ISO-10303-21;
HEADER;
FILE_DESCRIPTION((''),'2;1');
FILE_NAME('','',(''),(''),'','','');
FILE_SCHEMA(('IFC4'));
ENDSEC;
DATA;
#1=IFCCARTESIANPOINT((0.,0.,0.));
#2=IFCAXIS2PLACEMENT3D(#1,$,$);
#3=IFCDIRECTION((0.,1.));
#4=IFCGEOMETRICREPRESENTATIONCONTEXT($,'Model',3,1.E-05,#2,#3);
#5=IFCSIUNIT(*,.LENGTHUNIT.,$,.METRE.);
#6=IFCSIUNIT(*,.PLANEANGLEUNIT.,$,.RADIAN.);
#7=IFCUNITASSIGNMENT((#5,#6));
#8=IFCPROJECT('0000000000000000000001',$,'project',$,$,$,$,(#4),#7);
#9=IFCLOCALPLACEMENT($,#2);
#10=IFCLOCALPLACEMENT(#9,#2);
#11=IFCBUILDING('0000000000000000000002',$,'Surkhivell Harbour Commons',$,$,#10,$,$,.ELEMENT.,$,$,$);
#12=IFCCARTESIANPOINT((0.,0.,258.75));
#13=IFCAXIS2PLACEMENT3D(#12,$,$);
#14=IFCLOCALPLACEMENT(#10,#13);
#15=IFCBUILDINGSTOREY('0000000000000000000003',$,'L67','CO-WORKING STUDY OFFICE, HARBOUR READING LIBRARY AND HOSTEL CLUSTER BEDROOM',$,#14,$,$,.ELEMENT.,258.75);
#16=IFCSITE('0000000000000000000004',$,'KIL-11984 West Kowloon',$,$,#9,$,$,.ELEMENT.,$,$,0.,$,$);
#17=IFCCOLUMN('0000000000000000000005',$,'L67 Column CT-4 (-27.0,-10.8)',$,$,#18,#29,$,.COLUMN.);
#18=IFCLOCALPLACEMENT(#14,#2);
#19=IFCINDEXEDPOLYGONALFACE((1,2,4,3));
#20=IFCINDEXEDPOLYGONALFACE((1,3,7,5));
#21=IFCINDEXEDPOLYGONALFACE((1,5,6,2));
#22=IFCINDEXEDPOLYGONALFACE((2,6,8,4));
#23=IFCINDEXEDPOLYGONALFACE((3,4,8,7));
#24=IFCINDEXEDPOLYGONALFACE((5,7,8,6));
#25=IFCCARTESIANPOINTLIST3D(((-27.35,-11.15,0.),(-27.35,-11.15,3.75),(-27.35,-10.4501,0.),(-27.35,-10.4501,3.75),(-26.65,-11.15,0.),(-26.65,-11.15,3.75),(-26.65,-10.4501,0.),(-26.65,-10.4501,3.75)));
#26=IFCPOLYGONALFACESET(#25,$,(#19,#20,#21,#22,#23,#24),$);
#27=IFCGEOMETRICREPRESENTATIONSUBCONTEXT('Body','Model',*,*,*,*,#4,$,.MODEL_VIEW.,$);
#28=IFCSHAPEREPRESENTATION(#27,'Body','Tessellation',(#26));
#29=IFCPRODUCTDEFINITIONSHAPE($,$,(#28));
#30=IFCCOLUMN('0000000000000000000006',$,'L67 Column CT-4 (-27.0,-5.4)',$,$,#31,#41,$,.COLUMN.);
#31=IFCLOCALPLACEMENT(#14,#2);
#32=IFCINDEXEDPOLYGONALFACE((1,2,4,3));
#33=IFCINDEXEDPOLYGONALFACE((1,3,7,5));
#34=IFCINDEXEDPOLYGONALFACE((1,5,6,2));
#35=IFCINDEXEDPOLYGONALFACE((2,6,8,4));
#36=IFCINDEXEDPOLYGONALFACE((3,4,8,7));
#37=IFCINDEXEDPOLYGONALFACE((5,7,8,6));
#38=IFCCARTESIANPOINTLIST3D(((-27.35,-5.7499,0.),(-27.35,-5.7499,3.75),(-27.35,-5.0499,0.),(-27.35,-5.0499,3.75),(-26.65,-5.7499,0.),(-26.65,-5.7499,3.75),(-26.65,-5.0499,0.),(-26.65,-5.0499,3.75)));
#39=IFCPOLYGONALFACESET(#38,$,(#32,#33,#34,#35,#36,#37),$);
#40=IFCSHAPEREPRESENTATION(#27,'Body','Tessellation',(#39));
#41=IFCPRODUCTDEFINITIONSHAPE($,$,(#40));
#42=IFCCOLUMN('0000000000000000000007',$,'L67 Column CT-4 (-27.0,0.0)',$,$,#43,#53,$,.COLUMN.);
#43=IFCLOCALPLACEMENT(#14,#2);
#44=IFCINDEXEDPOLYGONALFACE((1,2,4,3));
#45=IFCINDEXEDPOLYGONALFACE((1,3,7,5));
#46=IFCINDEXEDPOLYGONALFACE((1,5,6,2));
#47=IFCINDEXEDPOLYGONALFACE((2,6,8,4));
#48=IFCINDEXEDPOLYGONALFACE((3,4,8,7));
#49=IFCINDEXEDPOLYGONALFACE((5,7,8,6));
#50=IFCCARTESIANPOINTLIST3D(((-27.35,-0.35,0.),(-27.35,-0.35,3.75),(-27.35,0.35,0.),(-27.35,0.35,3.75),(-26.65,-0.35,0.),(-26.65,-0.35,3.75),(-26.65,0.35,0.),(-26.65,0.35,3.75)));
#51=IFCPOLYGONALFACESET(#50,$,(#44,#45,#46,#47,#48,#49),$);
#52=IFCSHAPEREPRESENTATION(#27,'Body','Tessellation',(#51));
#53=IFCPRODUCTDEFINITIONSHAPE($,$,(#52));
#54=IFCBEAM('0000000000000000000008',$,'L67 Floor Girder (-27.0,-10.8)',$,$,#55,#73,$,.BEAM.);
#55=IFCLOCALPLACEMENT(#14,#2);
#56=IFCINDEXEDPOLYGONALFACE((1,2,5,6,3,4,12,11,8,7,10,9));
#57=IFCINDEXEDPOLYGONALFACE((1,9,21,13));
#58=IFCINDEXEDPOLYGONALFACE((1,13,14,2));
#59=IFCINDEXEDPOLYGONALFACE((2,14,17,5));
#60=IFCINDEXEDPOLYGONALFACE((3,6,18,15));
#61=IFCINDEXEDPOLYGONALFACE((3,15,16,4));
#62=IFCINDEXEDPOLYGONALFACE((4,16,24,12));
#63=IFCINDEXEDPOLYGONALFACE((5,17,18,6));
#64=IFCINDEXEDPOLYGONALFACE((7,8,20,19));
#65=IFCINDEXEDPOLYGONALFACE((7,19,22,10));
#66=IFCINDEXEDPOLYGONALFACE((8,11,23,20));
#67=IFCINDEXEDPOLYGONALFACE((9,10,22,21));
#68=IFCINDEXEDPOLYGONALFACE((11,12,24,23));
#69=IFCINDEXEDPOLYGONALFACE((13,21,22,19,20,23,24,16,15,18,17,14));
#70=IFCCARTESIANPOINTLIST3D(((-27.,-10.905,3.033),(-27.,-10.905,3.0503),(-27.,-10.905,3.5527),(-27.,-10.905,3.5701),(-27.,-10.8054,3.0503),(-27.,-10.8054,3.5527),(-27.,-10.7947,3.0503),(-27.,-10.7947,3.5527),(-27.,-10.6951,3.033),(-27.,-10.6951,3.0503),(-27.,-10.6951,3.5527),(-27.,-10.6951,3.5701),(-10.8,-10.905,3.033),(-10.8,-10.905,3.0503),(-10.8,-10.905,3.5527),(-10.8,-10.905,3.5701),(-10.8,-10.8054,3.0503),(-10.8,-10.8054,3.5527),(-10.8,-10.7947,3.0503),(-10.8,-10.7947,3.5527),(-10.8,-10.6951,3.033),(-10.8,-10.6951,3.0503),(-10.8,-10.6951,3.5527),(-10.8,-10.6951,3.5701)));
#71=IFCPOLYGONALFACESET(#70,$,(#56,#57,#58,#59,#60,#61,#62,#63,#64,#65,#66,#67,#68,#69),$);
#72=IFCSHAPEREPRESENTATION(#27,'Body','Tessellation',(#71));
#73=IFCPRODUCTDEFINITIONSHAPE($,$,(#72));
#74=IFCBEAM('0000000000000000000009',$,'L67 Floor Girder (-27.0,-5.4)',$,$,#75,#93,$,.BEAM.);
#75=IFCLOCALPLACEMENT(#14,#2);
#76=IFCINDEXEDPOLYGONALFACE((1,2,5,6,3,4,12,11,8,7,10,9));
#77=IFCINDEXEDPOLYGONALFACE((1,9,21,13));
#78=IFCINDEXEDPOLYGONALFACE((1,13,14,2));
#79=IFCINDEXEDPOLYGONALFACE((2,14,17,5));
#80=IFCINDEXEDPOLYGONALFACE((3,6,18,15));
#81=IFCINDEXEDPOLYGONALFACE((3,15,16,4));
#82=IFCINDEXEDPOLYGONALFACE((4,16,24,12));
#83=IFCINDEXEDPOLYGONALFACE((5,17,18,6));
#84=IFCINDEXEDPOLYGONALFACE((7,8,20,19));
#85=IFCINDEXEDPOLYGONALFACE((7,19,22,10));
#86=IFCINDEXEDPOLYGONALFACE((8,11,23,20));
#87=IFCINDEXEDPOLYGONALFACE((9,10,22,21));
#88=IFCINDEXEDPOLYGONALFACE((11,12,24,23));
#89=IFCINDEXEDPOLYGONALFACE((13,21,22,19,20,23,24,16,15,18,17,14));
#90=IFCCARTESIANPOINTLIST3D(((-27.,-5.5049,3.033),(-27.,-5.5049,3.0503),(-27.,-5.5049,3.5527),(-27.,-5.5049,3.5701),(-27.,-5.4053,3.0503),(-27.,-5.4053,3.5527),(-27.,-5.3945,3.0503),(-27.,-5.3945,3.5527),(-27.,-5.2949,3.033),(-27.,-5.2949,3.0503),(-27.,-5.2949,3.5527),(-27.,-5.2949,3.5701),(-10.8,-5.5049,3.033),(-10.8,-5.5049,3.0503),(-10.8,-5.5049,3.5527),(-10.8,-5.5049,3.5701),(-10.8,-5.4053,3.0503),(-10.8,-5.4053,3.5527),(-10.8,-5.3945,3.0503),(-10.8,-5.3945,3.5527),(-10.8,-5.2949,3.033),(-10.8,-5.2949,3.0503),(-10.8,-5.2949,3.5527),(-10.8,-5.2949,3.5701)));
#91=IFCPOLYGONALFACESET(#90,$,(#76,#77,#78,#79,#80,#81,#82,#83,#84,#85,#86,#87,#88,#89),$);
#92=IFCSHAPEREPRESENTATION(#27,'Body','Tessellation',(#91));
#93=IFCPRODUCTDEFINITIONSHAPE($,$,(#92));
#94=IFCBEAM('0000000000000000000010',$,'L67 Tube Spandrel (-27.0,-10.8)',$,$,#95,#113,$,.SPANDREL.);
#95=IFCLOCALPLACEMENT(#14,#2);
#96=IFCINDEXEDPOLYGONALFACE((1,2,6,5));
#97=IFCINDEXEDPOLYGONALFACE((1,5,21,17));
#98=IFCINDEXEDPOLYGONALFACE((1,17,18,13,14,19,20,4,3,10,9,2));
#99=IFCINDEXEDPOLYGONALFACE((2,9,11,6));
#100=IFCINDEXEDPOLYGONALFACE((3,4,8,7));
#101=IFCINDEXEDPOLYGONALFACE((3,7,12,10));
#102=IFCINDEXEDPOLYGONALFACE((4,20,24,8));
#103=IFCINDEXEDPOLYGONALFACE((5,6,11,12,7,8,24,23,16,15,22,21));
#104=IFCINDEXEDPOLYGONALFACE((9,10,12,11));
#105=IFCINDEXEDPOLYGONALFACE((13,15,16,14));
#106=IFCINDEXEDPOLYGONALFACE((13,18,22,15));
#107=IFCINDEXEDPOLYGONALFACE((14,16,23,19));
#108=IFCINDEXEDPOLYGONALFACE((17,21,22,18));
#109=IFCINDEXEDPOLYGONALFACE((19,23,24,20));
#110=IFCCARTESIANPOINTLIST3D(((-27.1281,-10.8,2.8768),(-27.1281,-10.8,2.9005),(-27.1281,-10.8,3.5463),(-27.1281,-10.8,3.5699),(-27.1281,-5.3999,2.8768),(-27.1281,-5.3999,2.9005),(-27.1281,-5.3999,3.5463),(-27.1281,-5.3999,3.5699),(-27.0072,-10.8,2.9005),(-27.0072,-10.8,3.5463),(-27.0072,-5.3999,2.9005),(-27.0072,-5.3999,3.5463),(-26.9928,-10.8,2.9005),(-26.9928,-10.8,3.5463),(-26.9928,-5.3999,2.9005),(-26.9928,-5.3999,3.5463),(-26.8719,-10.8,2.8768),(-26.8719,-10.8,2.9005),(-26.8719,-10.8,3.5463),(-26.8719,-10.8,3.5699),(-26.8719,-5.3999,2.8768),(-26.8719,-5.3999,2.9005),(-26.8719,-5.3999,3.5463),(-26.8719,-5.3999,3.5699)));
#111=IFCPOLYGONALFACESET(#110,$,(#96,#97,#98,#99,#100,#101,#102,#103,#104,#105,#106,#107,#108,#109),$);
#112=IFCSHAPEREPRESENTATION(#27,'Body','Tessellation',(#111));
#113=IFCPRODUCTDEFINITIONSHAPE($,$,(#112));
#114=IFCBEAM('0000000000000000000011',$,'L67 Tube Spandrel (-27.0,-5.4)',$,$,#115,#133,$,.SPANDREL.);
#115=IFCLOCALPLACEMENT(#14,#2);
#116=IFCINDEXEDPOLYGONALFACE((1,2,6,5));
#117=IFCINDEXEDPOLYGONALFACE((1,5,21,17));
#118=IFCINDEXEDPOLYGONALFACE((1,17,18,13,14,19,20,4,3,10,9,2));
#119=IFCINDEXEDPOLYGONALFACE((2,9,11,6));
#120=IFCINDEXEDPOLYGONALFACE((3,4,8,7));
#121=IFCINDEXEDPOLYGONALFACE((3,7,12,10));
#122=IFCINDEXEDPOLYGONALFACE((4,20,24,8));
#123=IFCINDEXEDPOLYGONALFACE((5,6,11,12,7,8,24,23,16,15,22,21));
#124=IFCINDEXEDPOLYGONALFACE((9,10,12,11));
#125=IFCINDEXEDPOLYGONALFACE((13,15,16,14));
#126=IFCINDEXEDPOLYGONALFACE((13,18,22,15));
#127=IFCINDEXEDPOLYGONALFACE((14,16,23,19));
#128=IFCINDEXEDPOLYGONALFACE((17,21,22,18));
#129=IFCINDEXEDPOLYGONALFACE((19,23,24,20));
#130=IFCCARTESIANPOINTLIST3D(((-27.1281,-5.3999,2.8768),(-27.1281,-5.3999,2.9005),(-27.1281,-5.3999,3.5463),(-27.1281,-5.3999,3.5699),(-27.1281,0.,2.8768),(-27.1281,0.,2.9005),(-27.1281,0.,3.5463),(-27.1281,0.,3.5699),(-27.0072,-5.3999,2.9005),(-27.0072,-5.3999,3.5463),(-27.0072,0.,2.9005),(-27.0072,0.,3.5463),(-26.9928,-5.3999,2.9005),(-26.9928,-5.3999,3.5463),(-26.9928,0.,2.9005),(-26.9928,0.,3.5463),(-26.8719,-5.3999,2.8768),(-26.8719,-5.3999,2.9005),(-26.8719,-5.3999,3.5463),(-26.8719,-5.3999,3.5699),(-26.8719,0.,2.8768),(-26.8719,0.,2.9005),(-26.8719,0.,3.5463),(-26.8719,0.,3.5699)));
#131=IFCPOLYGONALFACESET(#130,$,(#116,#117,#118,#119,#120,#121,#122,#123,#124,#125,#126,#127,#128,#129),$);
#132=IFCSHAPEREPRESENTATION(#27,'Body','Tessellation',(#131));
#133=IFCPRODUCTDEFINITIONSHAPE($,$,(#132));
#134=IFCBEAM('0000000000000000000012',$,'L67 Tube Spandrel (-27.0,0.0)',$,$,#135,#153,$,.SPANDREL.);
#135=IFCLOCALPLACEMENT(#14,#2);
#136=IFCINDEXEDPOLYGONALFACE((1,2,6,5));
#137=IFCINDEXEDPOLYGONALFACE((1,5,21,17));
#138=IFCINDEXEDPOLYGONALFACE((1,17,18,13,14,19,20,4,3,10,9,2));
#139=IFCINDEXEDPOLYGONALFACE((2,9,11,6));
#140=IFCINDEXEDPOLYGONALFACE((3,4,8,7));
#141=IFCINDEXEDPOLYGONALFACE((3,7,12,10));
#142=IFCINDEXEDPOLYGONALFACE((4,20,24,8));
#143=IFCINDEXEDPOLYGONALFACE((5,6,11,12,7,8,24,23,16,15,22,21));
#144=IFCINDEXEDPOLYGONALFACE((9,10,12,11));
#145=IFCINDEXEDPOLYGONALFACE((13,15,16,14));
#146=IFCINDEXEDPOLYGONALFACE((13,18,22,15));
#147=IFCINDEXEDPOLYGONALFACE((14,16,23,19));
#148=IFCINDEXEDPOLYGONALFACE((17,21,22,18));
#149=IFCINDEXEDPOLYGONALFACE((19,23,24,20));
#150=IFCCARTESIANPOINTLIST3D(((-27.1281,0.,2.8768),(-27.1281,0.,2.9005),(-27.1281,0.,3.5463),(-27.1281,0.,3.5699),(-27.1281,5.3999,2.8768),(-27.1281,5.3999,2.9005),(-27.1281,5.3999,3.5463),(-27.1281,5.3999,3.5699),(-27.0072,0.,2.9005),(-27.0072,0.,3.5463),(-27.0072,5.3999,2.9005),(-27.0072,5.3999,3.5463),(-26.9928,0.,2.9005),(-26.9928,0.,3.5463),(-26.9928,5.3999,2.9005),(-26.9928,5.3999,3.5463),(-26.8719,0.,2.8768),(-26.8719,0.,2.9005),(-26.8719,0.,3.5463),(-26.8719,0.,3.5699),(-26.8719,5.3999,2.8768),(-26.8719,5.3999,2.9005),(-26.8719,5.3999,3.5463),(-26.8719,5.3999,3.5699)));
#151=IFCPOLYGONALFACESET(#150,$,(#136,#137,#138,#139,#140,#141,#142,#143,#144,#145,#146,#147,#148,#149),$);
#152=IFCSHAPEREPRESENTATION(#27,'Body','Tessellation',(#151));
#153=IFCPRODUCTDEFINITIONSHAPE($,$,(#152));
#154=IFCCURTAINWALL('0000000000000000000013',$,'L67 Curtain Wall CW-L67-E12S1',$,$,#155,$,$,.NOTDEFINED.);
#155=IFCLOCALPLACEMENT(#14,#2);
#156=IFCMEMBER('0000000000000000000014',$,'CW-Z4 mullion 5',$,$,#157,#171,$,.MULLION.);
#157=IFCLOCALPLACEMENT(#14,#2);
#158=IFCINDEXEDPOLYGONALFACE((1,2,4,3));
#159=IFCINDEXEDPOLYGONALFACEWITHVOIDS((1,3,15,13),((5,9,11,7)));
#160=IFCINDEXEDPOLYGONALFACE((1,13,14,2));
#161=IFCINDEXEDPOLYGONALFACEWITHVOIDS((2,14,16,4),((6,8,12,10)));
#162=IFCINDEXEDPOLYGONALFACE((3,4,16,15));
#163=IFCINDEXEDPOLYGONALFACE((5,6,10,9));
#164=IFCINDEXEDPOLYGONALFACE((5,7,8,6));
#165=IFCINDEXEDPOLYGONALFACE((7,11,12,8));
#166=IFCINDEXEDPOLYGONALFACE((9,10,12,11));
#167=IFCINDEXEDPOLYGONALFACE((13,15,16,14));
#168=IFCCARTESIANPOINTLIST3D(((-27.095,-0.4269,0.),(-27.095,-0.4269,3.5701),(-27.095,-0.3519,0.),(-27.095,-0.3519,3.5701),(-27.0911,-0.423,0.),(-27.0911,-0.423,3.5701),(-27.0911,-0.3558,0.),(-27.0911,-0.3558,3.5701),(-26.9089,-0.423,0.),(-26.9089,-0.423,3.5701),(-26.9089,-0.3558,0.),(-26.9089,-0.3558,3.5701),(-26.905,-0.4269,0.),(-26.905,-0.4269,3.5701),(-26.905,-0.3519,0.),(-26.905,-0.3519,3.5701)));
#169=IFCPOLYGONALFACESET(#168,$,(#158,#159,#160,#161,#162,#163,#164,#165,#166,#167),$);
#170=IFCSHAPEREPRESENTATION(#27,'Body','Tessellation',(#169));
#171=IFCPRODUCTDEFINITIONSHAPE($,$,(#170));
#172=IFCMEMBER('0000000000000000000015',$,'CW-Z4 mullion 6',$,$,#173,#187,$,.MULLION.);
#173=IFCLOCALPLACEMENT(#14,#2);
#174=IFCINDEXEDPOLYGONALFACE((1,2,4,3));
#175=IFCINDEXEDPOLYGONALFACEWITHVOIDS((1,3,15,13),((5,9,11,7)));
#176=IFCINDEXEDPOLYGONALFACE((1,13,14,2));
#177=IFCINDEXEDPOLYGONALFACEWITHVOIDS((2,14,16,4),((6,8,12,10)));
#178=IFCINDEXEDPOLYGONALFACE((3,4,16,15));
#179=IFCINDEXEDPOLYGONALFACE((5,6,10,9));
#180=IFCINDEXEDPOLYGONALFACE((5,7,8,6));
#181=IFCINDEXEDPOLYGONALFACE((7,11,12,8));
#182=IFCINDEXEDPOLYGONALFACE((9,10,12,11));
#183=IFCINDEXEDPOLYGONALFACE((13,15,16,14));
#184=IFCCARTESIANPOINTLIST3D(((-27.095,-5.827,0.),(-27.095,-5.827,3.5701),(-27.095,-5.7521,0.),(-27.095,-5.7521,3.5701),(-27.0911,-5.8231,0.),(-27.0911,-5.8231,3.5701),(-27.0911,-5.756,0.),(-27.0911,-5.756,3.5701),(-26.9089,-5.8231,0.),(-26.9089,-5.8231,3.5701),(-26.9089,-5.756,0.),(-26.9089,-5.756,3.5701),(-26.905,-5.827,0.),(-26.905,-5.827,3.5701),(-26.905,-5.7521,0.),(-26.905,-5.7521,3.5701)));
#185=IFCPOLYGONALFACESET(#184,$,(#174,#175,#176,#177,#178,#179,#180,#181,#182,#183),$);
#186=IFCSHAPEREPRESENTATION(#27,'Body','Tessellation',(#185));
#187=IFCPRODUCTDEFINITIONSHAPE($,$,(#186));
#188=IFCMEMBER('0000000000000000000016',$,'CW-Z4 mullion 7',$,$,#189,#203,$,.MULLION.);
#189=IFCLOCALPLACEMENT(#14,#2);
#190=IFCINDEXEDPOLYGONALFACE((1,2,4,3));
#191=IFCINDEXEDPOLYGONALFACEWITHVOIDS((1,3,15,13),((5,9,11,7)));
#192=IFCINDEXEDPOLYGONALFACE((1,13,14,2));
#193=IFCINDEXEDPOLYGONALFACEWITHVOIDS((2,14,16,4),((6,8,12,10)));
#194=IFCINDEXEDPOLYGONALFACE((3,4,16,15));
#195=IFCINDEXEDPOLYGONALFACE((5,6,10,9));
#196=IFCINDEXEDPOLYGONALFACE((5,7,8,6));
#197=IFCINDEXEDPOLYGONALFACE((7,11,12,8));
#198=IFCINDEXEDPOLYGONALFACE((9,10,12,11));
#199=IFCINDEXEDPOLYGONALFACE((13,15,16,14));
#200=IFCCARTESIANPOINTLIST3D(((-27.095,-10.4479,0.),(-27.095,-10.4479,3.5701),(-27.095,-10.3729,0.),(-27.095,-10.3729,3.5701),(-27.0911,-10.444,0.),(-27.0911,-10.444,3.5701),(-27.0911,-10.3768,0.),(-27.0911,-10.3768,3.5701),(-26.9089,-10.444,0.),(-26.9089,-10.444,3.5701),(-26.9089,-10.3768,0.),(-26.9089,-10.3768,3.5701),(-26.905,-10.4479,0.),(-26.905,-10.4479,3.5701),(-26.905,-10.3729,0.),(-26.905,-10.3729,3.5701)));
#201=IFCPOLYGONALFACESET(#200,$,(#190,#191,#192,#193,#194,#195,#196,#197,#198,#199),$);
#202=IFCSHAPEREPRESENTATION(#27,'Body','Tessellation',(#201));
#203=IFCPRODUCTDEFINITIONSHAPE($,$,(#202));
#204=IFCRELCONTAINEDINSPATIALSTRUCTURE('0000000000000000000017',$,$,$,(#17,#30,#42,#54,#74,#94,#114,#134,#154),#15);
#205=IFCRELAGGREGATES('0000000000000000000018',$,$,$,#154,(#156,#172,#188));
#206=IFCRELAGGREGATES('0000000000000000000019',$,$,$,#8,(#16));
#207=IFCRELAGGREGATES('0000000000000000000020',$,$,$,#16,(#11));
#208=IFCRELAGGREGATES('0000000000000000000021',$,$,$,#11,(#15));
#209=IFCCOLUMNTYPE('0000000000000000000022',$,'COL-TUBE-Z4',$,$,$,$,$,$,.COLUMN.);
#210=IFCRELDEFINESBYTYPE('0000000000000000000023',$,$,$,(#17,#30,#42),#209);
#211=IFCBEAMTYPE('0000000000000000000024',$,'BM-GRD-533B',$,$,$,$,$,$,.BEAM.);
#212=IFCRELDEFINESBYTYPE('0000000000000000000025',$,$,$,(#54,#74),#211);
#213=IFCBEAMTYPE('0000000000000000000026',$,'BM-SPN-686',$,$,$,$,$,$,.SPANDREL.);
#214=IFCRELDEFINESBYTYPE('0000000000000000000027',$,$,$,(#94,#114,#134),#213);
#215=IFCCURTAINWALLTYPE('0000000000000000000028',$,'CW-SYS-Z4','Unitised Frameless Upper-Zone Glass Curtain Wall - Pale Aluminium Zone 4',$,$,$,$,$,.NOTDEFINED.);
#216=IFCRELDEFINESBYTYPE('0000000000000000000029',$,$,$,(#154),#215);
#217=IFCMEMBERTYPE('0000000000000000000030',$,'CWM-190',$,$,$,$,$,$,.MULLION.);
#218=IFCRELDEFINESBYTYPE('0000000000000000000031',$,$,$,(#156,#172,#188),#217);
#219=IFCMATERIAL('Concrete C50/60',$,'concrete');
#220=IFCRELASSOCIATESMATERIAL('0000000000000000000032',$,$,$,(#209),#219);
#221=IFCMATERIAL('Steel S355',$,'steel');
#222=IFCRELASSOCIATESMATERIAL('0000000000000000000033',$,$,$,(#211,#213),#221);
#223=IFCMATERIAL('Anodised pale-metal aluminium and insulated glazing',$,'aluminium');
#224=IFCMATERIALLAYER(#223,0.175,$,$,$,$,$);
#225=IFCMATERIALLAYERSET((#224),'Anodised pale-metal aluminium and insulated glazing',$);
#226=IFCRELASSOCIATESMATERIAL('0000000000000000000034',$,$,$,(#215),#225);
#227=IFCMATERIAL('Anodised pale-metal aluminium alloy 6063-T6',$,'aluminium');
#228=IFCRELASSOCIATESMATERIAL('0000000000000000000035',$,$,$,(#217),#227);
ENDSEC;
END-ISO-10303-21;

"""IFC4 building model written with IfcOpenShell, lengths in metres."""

from ifc_helpers import new_model, si_unit, direction, frame, origin, origin_2d, place, context, subcontext, project, spatial, rectangle, hollow_rectangle, i_section, extrude, material, layer, layer_set, material_profile, profile_set, type_object, element, aggregate, save


model = new_model("IFC4")

# Units and contexts
model_context = context("Model", 3, precision=1e-05, world=origin(), true_north=direction((0.0, 1.0)))
body_context = subcontext(model_context, "Body", "Model", "MODEL_VIEW")
ifc_project = project(units=[si_unit("LENGTHUNIT", "METRE"), si_unit("PLANEANGLEUNIT", "RADIAN")], contexts=[model_context])

# Site, building, storey
site_placement = place(None, origin())
site = spatial("IfcSite", under=ifc_project, at=site_placement, Name="KIL-11984 West Kowloon", CompositionType="ELEMENT", RefElevation=0.0)
building_placement = place(site_placement, origin())
building = spatial("IfcBuilding", under=site, at=building_placement, Name="Surkhivell Harbour Commons", CompositionType="ELEMENT")
storey_placement = place(building_placement, frame((0.0, 0.0, 258.75)))
storey = spatial("IfcBuildingStorey", under=building, at=storey_placement, Name="L67", Description="CO-WORKING STUDY OFFICE, HARBOUR READING LIBRARY AND HOSTEL CLUSTER BEDROOM", CompositionType="ELEMENT", Elevation=258.75)

# Columns
ifc_material_1 = material(Name="Concrete C50/60", Category="concrete")
ifc_material_profile_1 = material_profile(ifc_material_1, rectangle(XDim=0.7, YDim=0.7, at=origin_2d()), Name="RC-COL-700x700")
ifc_profile_set_1 = profile_set([ifc_material_profile_1], Name="Concrete C50/60")
column_type = type_object("IfcColumnType", Name="COL-TUBE-Z4", PredefinedType="COLUMN", material=ifc_profile_set_1)
for number, where, z_axis, x_axis, name in (
    (1, (-27.0, -10.8, 0.0), (0.0, 0.0, 1.0), (1.0, 0.0, 0.0), "L67 Column CT-4 (-27.0,-10.8)"),
    (2, (-27.0, -5.3999, 0.0), (0.0, 0.0, 1.0), (1.0, 0.0, 0.0), "L67 Column CT-4 (-27.0,-5.4)"),
    (3, (-27.0, 0.0, 0.0), (0.0, 0.0, 1.0), (1.0, 0.0, 0.0), "L67 Column CT-4 (-27.0,0.0)"),
):
    element("IfcColumn", number, at=place(storey_placement, frame(where, z_axis=z_axis, x_axis=x_axis)), inside=storey, type_object=column_type, Name=name, PredefinedType="COLUMN", context=body_context, shape_type="SweptSolid", body=[
        extrude(rectangle(XDim=0.7, YDim=0.7, at=origin_2d()), origin(), (0.0, 0.0, 1.0), 3.75),
    ])

# Beams
ifc_material_2 = material(Name="Steel S355", Category="steel")
ifc_material_profile_2 = material_profile(ifc_material_2, i_section(OverallWidth=0.21, OverallDepth=0.5371, WebThickness=0.0107, FlangeThickness=0.0173, at=origin_2d()), Name="UB533x210x101")
ifc_profile_set_2 = profile_set([ifc_material_profile_2], Name="Steel S355")
beam_type_1 = type_object("IfcBeamType", Name="BM-GRD-533B", PredefinedType="BEAM", material=ifc_profile_set_2)
for number, where, z_axis, x_axis, name in (
    (4, (-27.0, -10.8, 3.3015), (1.0, 0.0, 0.0), (0.0, 1.0, 0.0), "L67 Floor Girder (-27.0,-10.8)"),
    (5, (-27.0, -5.3999, 3.3015), (1.0, 0.0, 0.0), (0.0, 1.0, 0.0), "L67 Floor Girder (-27.0,-5.4)"),
):
    element("IfcBeam", number, at=place(storey_placement, frame(where, z_axis=z_axis, x_axis=x_axis)), inside=storey, type_object=beam_type_1, Name=name, PredefinedType="BEAM", context=body_context, shape_type="SweptSolid", body=[
        extrude(i_section(OverallWidth=0.21, OverallDepth=0.5371, WebThickness=0.0107, FlangeThickness=0.0173, at=origin_2d()), origin(), (0.0, 0.0, 1.0), 16.2),
    ])
ifc_material_profile_3 = material_profile(ifc_material_2, i_section(OverallWidth=0.2561, OverallDepth=0.6931, WebThickness=0.0144, FlangeThickness=0.0237, at=origin_2d()), Name="UB686x254x170")
ifc_profile_set_3 = profile_set([ifc_material_profile_3], Name="Steel S355")
beam_type_2 = type_object("IfcBeamType", Name="BM-SPN-686", PredefinedType="SPANDREL", material=ifc_profile_set_3)
beam_placement = place(storey_placement, frame((-27.0, -10.8, 3.2234), z_axis=(0.0, 1.0, 0.0), x_axis=(-1.0, 0.0, 0.0)))
element("IfcBeam", 6, at=beam_placement, inside=storey, type_object=beam_type_2, Name="L67 Tube Spandrel (-27.0,-10.8)", PredefinedType="SPANDREL", context=body_context, shape_type="SweptSolid", body=[
    extrude(i_section(OverallWidth=0.2561, OverallDepth=0.6931, WebThickness=0.0144, FlangeThickness=0.0237, at=origin_2d()), origin(), (0.0, 0.0, 1.0), 5.4001),
])
for number, where, z_axis, x_axis, name in (
    (7, (-27.0, -5.3999, 3.2234), (0.0, 1.0, 0.0), (-1.0, 0.0, 0.0), "L67 Tube Spandrel (-27.0,-5.4)"),
    (8, (-27.0, 0.0, 3.2234), (0.0, 1.0, 0.0), (-1.0, 0.0, 0.0), "L67 Tube Spandrel (-27.0,0.0)"),
):
    element("IfcBeam", number, at=place(storey_placement, frame(where, z_axis=z_axis, x_axis=x_axis)), inside=storey, type_object=beam_type_2, Name=name, PredefinedType="SPANDREL", context=body_context, shape_type="SweptSolid", body=[
        extrude(i_section(OverallWidth=0.2561, OverallDepth=0.6931, WebThickness=0.0144, FlangeThickness=0.0237, at=origin_2d()), origin(), (0.0, 0.0, 1.0), 5.3999),
    ])

# Curtain wall, members
ifc_material_3 = material(Name="Anodised pale-metal aluminium and insulated glazing", Category="aluminium")
ifc_layer_1 = layer(ifc_material_3, 0.175)
ifc_layer_set_1 = layer_set([ifc_layer_1], Name="Anodised pale-metal aluminium and insulated glazing")
curtain_wall_type = type_object("IfcCurtainWallType", Name="CW-SYS-Z4", Description="Unitised Frameless Upper-Zone Glass Curtain Wall - Pale Aluminium Zone 4", PredefinedType="NOTDEFINED", material=ifc_layer_set_1)
curtain_wall_placement = place(storey_placement, origin())
curtain_wall = element("IfcCurtainWall", 9, at=curtain_wall_placement, inside=storey, type_object=curtain_wall_type, Name="L67 Curtain Wall CW-L67-E12S1", PredefinedType="NOTDEFINED")
ifc_material_4 = material(Name="Anodised pale-metal aluminium alloy 6063-T6", Category="aluminium")
ifc_material_profile_4 = material_profile(ifc_material_4, hollow_rectangle(XDim=0.075, YDim=0.1899, WallThickness=0.0039, at=origin_2d()), Name="ALU-MULL-75x190")
ifc_profile_set_4 = profile_set([ifc_material_profile_4], Name="Anodised pale-metal aluminium alloy 6063-T6")
member_type_1 = type_object("IfcMemberType", Name="CWM-190", PredefinedType="MULLION", material=ifc_profile_set_4)
member_1_placement = place(storey_placement, frame((-27.0, -0.3894, 0.0), z_axis=(0.0, 0.0, 1.0), x_axis=(0.0, -1.0, 0.0)))
member_1 = element("IfcMember", 10, at=member_1_placement, type_object=member_type_1, Name="CW-Z4 mullion 5", PredefinedType="MULLION", context=body_context, shape_type="SweptSolid", body=[
    extrude(hollow_rectangle(XDim=0.075, YDim=0.1899, WallThickness=0.0039, at=origin_2d()), origin(), (0.0, 0.0, 1.0), 3.5701),
])
member_2_placement = place(storey_placement, frame((-27.0, -5.7896, 0.0), z_axis=(0.0, 0.0, 1.0), x_axis=(0.0, -1.0, 0.0)))
member_2 = element("IfcMember", 11, at=member_2_placement, type_object=member_type_1, Name="CW-Z4 mullion 6", PredefinedType="MULLION", context=body_context, shape_type="SweptSolid", body=[
    extrude(hollow_rectangle(XDim=0.075, YDim=0.1899, WallThickness=0.0039, at=origin_2d()), origin(), (0.0, 0.0, 1.0), 3.5701),
])
member_3_placement = place(storey_placement, frame((-27.0, -10.4104, 0.0), z_axis=(0.0, 0.0, 1.0), x_axis=(0.0, -1.0, 0.0)))
member_3 = element("IfcMember", 12, at=member_3_placement, type_object=member_type_1, Name="CW-Z4 mullion 7", PredefinedType="MULLION", context=body_context, shape_type="SweptSolid", body=[
    extrude(hollow_rectangle(XDim=0.075, YDim=0.1899, WallThickness=0.0039, at=origin_2d()), origin(), (0.0, 0.0, 1.0), 3.5701),
])

aggregate(curtain_wall, [member_1, member_2, member_3])

save(model, "model.ifc")
